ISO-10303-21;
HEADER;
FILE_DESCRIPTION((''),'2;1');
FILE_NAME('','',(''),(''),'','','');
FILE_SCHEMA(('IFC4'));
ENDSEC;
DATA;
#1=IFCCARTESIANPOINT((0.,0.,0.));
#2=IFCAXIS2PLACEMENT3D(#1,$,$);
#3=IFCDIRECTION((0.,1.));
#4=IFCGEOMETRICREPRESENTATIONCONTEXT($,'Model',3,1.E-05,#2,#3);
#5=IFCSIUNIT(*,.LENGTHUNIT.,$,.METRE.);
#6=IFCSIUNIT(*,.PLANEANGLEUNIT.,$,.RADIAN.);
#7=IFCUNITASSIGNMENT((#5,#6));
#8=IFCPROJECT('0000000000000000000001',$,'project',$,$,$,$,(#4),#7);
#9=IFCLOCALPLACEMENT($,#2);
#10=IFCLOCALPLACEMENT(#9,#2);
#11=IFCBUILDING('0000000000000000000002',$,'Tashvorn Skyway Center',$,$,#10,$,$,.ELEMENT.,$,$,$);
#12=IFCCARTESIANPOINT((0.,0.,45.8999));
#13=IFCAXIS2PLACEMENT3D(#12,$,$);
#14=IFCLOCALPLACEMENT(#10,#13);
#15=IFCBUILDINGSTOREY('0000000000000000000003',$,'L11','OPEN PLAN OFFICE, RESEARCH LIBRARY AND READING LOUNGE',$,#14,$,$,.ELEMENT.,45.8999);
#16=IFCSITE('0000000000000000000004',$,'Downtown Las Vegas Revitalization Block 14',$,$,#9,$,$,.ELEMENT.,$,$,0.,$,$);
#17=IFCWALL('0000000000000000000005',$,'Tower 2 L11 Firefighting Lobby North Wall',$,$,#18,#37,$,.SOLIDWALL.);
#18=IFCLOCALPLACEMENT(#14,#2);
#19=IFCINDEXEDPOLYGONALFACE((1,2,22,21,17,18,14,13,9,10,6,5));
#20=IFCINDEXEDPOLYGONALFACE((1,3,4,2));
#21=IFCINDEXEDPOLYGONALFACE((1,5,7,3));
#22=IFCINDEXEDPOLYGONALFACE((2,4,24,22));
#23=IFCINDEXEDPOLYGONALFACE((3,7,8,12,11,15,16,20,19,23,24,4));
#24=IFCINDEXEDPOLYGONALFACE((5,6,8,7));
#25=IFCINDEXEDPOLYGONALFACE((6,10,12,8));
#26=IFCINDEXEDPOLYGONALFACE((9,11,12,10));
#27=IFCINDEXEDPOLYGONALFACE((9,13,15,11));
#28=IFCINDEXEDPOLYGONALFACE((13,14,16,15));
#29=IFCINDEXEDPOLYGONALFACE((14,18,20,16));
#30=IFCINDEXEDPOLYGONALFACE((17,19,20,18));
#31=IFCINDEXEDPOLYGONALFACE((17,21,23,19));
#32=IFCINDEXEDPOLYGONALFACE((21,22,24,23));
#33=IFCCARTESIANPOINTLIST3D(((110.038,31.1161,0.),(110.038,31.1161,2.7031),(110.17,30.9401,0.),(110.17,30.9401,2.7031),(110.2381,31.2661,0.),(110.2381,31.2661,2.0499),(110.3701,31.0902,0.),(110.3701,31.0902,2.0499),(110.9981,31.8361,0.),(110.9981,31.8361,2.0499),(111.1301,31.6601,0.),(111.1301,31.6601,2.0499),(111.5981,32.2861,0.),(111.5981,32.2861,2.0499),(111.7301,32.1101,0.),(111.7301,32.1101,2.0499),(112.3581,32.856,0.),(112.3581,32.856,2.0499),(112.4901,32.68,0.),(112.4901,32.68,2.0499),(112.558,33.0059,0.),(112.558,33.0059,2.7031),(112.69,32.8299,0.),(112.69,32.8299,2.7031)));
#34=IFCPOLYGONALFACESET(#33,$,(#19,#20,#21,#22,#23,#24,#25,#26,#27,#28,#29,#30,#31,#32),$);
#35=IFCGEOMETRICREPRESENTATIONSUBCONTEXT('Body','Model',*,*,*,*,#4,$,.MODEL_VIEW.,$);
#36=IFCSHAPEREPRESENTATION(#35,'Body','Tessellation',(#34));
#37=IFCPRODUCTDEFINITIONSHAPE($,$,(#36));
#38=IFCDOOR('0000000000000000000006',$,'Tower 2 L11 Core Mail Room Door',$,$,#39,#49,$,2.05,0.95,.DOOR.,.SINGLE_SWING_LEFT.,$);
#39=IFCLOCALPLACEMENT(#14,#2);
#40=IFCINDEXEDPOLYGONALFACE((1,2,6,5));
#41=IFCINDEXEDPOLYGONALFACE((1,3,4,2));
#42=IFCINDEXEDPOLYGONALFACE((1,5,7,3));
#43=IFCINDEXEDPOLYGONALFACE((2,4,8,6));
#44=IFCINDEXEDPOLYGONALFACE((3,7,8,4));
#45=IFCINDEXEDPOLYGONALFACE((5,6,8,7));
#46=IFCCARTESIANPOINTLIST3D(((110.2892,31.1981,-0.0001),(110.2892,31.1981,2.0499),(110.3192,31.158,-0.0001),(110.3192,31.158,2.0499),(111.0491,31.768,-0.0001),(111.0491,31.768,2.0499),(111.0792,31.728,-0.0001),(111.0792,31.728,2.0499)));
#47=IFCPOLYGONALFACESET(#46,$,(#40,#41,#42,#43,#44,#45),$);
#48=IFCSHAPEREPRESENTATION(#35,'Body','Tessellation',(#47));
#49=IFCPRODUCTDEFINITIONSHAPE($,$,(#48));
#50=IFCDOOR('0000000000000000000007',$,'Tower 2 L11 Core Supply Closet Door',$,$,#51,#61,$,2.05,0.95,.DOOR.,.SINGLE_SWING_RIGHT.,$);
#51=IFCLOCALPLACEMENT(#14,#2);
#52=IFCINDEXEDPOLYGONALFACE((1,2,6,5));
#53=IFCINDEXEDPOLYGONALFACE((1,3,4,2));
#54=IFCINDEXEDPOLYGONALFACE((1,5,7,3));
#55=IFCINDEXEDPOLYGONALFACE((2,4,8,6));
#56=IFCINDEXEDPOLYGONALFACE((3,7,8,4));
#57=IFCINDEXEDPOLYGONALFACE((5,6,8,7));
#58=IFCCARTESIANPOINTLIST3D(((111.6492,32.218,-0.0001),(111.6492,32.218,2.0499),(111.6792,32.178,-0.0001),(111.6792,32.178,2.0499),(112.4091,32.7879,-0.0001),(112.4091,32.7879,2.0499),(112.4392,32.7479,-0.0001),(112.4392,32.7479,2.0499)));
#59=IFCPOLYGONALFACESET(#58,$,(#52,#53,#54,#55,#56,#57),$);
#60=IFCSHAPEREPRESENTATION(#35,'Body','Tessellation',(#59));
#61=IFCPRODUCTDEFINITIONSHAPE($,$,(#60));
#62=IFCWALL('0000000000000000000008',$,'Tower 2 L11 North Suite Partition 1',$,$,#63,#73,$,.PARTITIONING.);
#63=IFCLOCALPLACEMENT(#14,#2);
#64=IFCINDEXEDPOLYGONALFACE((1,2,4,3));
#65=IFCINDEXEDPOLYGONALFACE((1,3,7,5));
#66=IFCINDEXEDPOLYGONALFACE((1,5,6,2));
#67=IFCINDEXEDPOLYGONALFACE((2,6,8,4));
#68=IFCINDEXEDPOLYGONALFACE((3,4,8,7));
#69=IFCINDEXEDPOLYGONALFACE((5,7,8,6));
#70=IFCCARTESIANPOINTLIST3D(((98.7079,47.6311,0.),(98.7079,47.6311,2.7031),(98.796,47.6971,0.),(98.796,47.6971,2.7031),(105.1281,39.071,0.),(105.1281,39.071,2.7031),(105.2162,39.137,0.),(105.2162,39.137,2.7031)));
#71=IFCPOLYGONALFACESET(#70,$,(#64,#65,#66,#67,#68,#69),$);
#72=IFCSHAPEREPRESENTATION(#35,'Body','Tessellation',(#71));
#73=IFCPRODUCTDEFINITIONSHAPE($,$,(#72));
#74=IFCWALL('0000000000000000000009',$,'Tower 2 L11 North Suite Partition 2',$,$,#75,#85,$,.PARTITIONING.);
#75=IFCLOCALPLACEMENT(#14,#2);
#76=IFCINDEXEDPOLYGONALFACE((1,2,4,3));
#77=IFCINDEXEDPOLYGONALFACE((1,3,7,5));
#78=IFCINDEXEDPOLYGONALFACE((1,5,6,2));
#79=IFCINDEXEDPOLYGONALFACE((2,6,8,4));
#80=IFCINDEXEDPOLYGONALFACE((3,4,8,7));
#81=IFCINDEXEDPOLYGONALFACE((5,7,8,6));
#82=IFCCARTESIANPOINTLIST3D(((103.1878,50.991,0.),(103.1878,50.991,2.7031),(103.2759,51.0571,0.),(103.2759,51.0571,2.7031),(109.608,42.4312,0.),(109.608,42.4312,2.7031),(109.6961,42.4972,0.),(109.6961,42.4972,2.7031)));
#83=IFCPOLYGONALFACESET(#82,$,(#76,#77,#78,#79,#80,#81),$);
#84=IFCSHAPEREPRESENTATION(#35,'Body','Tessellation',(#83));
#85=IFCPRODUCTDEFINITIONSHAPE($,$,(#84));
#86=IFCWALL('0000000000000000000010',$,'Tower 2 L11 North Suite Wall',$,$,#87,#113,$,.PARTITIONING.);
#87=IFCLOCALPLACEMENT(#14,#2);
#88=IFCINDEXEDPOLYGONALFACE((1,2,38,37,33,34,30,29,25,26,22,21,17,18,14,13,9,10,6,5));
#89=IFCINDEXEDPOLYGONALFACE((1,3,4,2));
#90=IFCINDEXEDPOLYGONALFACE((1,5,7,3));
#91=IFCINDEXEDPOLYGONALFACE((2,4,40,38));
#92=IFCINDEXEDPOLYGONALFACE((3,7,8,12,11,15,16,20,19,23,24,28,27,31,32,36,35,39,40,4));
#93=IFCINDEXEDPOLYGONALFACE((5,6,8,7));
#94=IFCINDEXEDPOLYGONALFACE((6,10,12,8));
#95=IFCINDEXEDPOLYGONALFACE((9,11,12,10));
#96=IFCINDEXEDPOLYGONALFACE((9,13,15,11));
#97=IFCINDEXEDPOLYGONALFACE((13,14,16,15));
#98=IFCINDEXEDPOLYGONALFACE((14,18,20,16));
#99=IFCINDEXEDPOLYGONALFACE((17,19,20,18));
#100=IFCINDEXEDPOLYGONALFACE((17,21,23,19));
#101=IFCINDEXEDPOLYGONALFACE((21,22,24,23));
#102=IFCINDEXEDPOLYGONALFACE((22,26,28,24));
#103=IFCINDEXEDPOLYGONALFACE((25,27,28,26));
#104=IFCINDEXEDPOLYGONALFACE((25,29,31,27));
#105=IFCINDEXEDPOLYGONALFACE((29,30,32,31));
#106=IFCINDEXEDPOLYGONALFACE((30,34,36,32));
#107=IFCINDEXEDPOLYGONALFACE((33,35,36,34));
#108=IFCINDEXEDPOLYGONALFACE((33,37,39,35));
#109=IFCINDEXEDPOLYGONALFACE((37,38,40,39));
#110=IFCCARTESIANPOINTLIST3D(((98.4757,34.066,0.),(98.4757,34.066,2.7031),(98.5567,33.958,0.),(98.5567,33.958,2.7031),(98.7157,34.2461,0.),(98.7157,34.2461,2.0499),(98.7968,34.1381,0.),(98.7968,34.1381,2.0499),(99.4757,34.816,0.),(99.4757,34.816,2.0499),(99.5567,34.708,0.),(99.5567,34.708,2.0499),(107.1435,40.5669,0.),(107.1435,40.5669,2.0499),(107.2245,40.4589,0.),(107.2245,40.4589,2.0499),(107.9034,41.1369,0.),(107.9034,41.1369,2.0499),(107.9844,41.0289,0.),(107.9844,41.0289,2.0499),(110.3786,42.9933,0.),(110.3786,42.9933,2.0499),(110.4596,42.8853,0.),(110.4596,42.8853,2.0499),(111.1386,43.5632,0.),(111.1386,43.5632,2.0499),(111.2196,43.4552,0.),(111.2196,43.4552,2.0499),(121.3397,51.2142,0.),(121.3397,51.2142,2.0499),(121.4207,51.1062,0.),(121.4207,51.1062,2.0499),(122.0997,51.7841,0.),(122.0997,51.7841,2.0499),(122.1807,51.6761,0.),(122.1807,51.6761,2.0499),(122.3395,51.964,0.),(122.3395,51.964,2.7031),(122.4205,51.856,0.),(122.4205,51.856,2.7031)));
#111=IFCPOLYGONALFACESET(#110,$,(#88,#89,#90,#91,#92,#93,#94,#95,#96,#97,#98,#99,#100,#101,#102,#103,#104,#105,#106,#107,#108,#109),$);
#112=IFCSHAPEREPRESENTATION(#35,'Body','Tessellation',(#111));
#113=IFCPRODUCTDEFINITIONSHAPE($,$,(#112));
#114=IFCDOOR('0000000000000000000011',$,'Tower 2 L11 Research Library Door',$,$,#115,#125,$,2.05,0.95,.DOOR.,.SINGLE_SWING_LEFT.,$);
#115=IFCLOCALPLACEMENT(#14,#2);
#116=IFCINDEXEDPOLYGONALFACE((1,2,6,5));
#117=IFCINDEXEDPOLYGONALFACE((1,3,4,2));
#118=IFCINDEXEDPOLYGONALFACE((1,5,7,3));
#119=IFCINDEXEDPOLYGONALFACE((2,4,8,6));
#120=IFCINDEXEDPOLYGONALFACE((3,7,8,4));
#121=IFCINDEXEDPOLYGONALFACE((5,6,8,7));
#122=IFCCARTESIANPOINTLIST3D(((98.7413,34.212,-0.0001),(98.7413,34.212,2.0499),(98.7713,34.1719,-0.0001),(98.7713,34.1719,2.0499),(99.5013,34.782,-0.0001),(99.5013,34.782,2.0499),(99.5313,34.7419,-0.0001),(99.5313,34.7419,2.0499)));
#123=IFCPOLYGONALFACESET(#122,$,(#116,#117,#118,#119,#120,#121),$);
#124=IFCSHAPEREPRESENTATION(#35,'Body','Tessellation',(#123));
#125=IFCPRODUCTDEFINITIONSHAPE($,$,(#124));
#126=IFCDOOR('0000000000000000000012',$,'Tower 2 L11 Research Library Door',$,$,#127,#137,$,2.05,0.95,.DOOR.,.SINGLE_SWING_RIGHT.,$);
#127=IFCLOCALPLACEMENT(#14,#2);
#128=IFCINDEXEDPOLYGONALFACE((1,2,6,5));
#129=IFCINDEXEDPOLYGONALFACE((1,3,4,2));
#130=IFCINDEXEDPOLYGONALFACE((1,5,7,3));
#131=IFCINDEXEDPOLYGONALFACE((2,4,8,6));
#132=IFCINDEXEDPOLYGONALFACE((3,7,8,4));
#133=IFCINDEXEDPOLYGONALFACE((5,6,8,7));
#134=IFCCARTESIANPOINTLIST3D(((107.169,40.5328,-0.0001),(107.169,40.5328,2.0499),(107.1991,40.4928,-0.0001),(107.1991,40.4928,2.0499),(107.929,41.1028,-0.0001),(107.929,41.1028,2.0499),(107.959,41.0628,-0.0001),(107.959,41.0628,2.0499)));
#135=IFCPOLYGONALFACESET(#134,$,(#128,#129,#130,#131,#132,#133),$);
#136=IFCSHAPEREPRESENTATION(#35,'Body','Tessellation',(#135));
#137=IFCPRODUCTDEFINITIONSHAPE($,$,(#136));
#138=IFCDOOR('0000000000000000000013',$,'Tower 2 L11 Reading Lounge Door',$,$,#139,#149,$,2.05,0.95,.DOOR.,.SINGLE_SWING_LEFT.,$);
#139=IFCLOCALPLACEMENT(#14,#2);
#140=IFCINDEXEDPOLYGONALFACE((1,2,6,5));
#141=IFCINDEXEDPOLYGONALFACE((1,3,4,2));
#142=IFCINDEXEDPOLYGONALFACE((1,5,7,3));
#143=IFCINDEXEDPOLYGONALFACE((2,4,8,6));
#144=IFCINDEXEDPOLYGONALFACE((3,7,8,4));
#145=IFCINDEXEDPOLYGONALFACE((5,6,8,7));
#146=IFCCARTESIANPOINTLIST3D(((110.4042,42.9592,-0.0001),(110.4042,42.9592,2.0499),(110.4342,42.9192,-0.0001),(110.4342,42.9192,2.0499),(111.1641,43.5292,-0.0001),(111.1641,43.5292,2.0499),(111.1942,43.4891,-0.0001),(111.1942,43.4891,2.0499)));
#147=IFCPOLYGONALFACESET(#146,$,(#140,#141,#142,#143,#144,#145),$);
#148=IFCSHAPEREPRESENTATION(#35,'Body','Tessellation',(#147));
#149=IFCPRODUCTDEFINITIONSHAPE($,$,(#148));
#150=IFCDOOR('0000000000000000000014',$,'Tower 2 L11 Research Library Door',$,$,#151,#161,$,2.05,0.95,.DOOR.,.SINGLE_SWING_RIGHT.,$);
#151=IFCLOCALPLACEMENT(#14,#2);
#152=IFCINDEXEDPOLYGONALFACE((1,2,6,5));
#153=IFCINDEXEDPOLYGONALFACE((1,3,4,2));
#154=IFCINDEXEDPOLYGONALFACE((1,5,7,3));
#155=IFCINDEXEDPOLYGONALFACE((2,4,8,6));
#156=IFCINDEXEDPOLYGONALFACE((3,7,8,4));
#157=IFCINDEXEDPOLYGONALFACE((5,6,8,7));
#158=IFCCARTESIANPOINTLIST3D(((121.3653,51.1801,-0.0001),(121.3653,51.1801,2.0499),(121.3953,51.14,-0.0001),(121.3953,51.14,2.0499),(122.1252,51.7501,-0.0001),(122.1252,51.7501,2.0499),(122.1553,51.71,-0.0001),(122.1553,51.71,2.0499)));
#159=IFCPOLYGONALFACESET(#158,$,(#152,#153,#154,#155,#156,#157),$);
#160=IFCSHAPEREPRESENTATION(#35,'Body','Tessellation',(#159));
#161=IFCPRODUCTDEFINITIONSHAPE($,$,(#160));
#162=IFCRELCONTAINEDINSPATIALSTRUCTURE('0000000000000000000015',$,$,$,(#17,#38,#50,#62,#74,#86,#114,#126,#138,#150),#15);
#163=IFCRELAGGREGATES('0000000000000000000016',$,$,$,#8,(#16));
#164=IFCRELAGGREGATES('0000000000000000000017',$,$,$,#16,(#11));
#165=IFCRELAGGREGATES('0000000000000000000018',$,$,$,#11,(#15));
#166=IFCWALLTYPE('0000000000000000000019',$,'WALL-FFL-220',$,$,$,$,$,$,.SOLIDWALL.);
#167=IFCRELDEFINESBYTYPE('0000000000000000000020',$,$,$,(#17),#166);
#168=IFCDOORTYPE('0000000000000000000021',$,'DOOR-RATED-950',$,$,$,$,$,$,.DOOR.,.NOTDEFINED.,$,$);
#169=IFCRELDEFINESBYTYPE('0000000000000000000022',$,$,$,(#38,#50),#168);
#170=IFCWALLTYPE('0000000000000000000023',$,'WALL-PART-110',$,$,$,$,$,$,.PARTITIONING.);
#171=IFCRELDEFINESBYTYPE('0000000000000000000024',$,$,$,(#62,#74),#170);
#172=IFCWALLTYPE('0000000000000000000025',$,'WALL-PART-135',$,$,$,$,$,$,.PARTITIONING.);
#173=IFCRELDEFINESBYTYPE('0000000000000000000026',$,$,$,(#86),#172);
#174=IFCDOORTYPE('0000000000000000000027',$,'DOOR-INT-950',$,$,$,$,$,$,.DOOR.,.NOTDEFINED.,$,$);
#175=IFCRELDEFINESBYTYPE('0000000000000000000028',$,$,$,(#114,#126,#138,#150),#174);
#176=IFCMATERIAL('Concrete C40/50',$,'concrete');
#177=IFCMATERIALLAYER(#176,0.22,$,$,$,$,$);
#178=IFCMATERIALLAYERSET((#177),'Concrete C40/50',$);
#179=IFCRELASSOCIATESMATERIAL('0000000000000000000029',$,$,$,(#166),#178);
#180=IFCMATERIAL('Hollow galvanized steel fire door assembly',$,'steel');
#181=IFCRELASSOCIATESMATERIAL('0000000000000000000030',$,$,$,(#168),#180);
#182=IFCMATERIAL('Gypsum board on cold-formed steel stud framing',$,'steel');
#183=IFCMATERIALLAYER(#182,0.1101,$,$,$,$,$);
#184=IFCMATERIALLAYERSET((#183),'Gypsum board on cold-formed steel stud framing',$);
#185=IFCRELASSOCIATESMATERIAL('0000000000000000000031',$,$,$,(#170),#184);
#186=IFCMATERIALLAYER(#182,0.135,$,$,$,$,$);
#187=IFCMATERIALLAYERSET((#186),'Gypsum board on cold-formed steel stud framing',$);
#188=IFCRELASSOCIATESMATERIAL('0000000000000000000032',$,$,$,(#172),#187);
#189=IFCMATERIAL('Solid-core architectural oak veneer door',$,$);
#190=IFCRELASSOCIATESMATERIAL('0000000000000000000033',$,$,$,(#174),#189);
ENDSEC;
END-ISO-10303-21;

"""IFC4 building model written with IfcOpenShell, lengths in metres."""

from ifc_helpers import new_model, si_unit, direction, frame, frame_2d, origin, place, context, subcontext, project, spatial, rectangle, extrude, material, layer, layer_set, type_object, element, fill, save


model = new_model("IFC4")

# Units and contexts
model_context = context("Model", 3, precision=1e-05, world=origin(), true_north=direction((0.0, 1.0)))
body_context = subcontext(model_context, "Body", "Model", "MODEL_VIEW")
ifc_project = project(units=[si_unit("LENGTHUNIT", "METRE"), si_unit("PLANEANGLEUNIT", "RADIAN")], contexts=[model_context])

# Site, building, storey
site_placement = place(None, origin())
site = spatial("IfcSite", under=ifc_project, at=site_placement, Name="Downtown Las Vegas Revitalization Block 14", CompositionType="ELEMENT", RefElevation=0.0)
building_placement = place(site_placement, origin())
building = spatial("IfcBuilding", under=site, at=building_placement, Name="Tashvorn Skyway Center", CompositionType="ELEMENT")
storey_placement = place(building_placement, frame((0.0, 0.0, 45.8999)))
storey = spatial("IfcBuildingStorey", under=building, at=storey_placement, Name="L11", Description="OPEN PLAN OFFICE, RESEARCH LIBRARY AND READING LOUNGE", CompositionType="ELEMENT", Elevation=45.8999)

# Wall, openings, doors
ifc_material_1 = material(Name="Hollow galvanized steel fire door assembly", Category="steel")
ifc_material_2 = material(Name="Concrete C40/50", Category="concrete")
ifc_layer_1 = layer(ifc_material_2, 0.22)
ifc_layer_set_1 = layer_set([ifc_layer_1], Name="Concrete C40/50")
wall_type_1 = type_object("IfcWallType", Name="WALL-FFL-220", PredefinedType="SOLIDWALL", material=ifc_layer_set_1)
wall_1_placement = place(storey_placement, frame((110.104, 31.0281, 0.0), z_axis=(0.0, 0.0, 1.0), x_axis=(0.800019, 0.599975, 0.0)))
wall_1 = element("IfcWall", 1, at=wall_1_placement, inside=storey, type_object=wall_type_1, Name="Tower 2 L11 Firefighting Lobby North Wall", PredefinedType="SOLIDWALL", context=body_context, shape_type="SweptSolid", body=[
    extrude(rectangle(XDim=3.1499, YDim=0.22, at=frame_2d((1.575, 0.0))), origin(), (0.0, 0.0, 1.0), 2.7031),
])
opening_1_placement = place(wall_1_placement, frame((0.25, 0.0, 0.0)))
opening_1 = element("IfcOpeningElement", 2, at=opening_1_placement, cuts=wall_1, PredefinedType="OPENING", context=body_context, shape_type="SweptSolid", body=[
    extrude(rectangle(XDim=0.95, YDim=2.05, at=frame_2d((0.4751, 1.0249))), frame((0.0, 0.1199, 0.0), z_axis=(0.0, -1.0, 0.0), x_axis=(1.0, 0.0, 0.0)), (0.0, 0.0, 1.0), 0.24),
])
opening_2_placement = place(wall_1_placement, frame((1.95, 0.0, 0.0)))
opening_2 = element("IfcOpeningElement", 3, at=opening_2_placement, cuts=wall_1, PredefinedType="OPENING", context=body_context, shape_type="SweptSolid", body=[
    extrude(rectangle(XDim=0.95, YDim=2.05, at=frame_2d((0.4751, 1.0249))), frame((0.0, 0.1199, 0.0), z_axis=(0.0, -1.0, 0.0), x_axis=(1.0, 0.0, 0.0)), (0.0, 0.0, 1.0), 0.24),
])
door_type_1 = type_object("IfcDoorType", Name="DOOR-RATED-950", OperationType="NOTDEFINED", PredefinedType="DOOR", material=ifc_material_1)
door_1_placement = place(opening_1_placement, origin())
door_1 = element("IfcDoor", 4, at=door_1_placement, inside=storey, type_object=door_type_1, Name="Tower 2 L11 Core Mail Room Door", OperationType="SINGLE_SWING_LEFT", OverallHeight=2.05, OverallWidth=0.95, PredefinedType="DOOR", context=body_context, shape_type="SweptSolid", body=[
    extrude(rectangle(XDim=0.95, YDim=2.05, at=frame_2d((0.4751, 1.0249))), frame((0.0, 0.0249, 0.0), z_axis=(0.0, -1.0, 0.0), x_axis=(1.0, 0.0, 0.0)), (0.0, 0.0, 1.0), 0.05),
])
fill(opening_1, door_1)
door_2_placement = place(opening_2_placement, origin())
door_2 = element("IfcDoor", 5, at=door_2_placement, inside=storey, type_object=door_type_1, Name="Tower 2 L11 Core Supply Closet Door", OperationType="SINGLE_SWING_RIGHT", OverallHeight=2.05, OverallWidth=0.95, PredefinedType="DOOR", context=body_context, shape_type="SweptSolid", body=[
    extrude(rectangle(XDim=0.95, YDim=2.05, at=frame_2d((0.4751, 1.0249))), frame((0.0, 0.0249, 0.0), z_axis=(0.0, -1.0, 0.0), x_axis=(1.0, 0.0, 0.0)), (0.0, 0.0, 1.0), 0.05),
])
fill(opening_2, door_2)

# Walls
ifc_material_3 = material(Name="Gypsum board on cold-formed steel stud framing", Category="steel")
ifc_layer_2 = layer(ifc_material_3, 0.1101)
ifc_layer_set_2 = layer_set([ifc_layer_2], Name="Gypsum board on cold-formed steel stud framing")
wall_type_2 = type_object("IfcWallType", Name="WALL-PART-110", PredefinedType="PARTITIONING", material=ifc_layer_set_2)
wall_2_placement = place(storey_placement, frame((105.1721, 39.104, 0.0), z_axis=(0.0, 0.0, 1.0), x_axis=(-0.600007, 0.799995, 0.0)))
element("IfcWall", 6, at=wall_2_placement, inside=storey, type_object=wall_type_2, Name="Tower 2 L11 North Suite Partition 1", PredefinedType="PARTITIONING", context=body_context, shape_type="SweptSolid", body=[
    extrude(rectangle(XDim=10.7002, YDim=0.1101, at=frame_2d((5.3501, 0.0))), origin(), (0.0, 0.0, 1.0), 2.7031),
])
wall_3_placement = place(storey_placement, frame((109.6521, 42.4641, 0.0), z_axis=(0.0, 0.0, 1.0), x_axis=(-0.600018, 0.799986, 0.0)))
element("IfcWall", 7, at=wall_3_placement, inside=storey, type_object=wall_type_2, Name="Tower 2 L11 North Suite Partition 2", PredefinedType="PARTITIONING", context=body_context, shape_type="SweptSolid", body=[
    extrude(rectangle(XDim=10.7, YDim=0.1101, at=frame_2d((5.3501, 0.0))), origin(), (0.0, 0.0, 1.0), 2.7031),
])

# Wall, openings, doors
ifc_layer_3 = layer(ifc_material_3, 0.135)
ifc_layer_set_3 = layer_set([ifc_layer_3], Name="Gypsum board on cold-formed steel stud framing")
wall_type_3 = type_object("IfcWallType", Name="WALL-PART-135", PredefinedType="PARTITIONING", material=ifc_layer_set_3)
wall_4_placement = place(storey_placement, frame((98.5161, 34.012, 0.0), z_axis=(0.0, 0.0, 1.0), x_axis=(0.799998, 0.600003, 0.0)))
wall_4 = element("IfcWall", 8, at=wall_4_placement, inside=storey, type_object=wall_type_3, Name="Tower 2 L11 North Suite Wall", PredefinedType="PARTITIONING", context=body_context, shape_type="SweptSolid", body=[
    extrude(rectangle(XDim=29.8298, YDim=0.135, at=frame_2d((14.915, 0.0))), origin(), (0.0, 0.0, 1.0), 2.7031),
])
opening_3_placement = place(wall_4_placement, frame((0.3, 0.0, 0.0)))
opening_3 = element("IfcOpeningElement", 9, at=opening_3_placement, cuts=wall_4, PredefinedType="OPENING", context=body_context, shape_type="SweptSolid", body=[
    extrude(rectangle(XDim=0.95, YDim=2.05, at=frame_2d((0.4751, 1.0249))), frame((0.0, 0.0774, 0.0), z_axis=(0.0, -1.0, 0.0), x_axis=(1.0, 0.0, 0.0)), (0.0, 0.0, 1.0), 0.155),
])
opening_4_placement = place(wall_4_placement, frame((10.8347, 0.0, 0.0)))
opening_4 = element("IfcOpeningElement", 10, at=opening_4_placement, cuts=wall_4, PredefinedType="OPENING", context=body_context, shape_type="SweptSolid", body=[
    extrude(rectangle(XDim=0.95, YDim=2.05, at=frame_2d((0.4751, 1.0249))), frame((0.0, 0.0774, 0.0), z_axis=(0.0, -1.0, 0.0), x_axis=(1.0, 0.0, 0.0)), (0.0, 0.0, 1.0), 0.155),
])
opening_5_placement = place(wall_4_placement, frame((14.8787, 0.0, 0.0)))
opening_5 = element("IfcOpeningElement", 11, at=opening_5_placement, cuts=wall_4, PredefinedType="OPENING", context=body_context, shape_type="SweptSolid", body=[
    extrude(rectangle(XDim=0.95, YDim=2.05, at=frame_2d((0.4751, 1.0249))), frame((0.0, 0.0774, 0.0), z_axis=(0.0, -1.0, 0.0), x_axis=(1.0, 0.0, 0.0)), (0.0, 0.0, 1.0), 0.155),
])
opening_6_placement = place(wall_4_placement, frame((28.5801, 0.0, 0.0)))
opening_6 = element("IfcOpeningElement", 12, at=opening_6_placement, cuts=wall_4, PredefinedType="OPENING", context=body_context, shape_type="SweptSolid", body=[
    extrude(rectangle(XDim=0.95, YDim=2.05, at=frame_2d((0.4751, 1.0249))), frame((0.0, 0.0774, 0.0), z_axis=(0.0, -1.0, 0.0), x_axis=(1.0, 0.0, 0.0)), (0.0, 0.0, 1.0), 0.155),
])
ifc_material_4 = material(Name="Solid-core architectural oak veneer door")
door_type_2 = type_object("IfcDoorType", Name="DOOR-INT-950", OperationType="NOTDEFINED", PredefinedType="DOOR", material=ifc_material_4)
door_3_placement = place(opening_3_placement, origin())
door_3 = element("IfcDoor", 13, at=door_3_placement, inside=storey, type_object=door_type_2, Name="Tower 2 L11 Research Library Door", OperationType="SINGLE_SWING_LEFT", OverallHeight=2.05, OverallWidth=0.95, PredefinedType="DOOR", context=body_context, shape_type="SweptSolid", body=[
    extrude(rectangle(XDim=0.95, YDim=2.05, at=frame_2d((0.4751, 1.0249))), frame((0.0, 0.0249, 0.0), z_axis=(0.0, -1.0, 0.0), x_axis=(1.0, 0.0, 0.0)), (0.0, 0.0, 1.0), 0.05),
])
fill(opening_3, door_3)
door_4_placement = place(opening_4_placement, origin())
door_4 = element("IfcDoor", 14, at=door_4_placement, inside=storey, type_object=door_type_2, Name="Tower 2 L11 Research Library Door", OperationType="SINGLE_SWING_RIGHT", OverallHeight=2.05, OverallWidth=0.95, PredefinedType="DOOR", context=body_context, shape_type="SweptSolid", body=[
    extrude(rectangle(XDim=0.95, YDim=2.05, at=frame_2d((0.4751, 1.0249))), frame((0.0, 0.0249, 0.0), z_axis=(0.0, -1.0, 0.0), x_axis=(1.0, 0.0, 0.0)), (0.0, 0.0, 1.0), 0.05),
])
fill(opening_4, door_4)
door_5_placement = place(opening_5_placement, origin())
door_5 = element("IfcDoor", 15, at=door_5_placement, inside=storey, type_object=door_type_2, Name="Tower 2 L11 Reading Lounge Door", OperationType="SINGLE_SWING_LEFT", OverallHeight=2.05, OverallWidth=0.95, PredefinedType="DOOR", context=body_context, shape_type="SweptSolid", body=[
    extrude(rectangle(XDim=0.95, YDim=2.05, at=frame_2d((0.4751, 1.0249))), frame((0.0, 0.0249, 0.0), z_axis=(0.0, -1.0, 0.0), x_axis=(1.0, 0.0, 0.0)), (0.0, 0.0, 1.0), 0.05),
])
fill(opening_5, door_5)
door_6_placement = place(opening_6_placement, origin())
door_6 = element("IfcDoor", 16, at=door_6_placement, inside=storey, type_object=door_type_2, Name="Tower 2 L11 Research Library Door", OperationType="SINGLE_SWING_RIGHT", OverallHeight=2.05, OverallWidth=0.95, PredefinedType="DOOR", context=body_context, shape_type="SweptSolid", body=[
    extrude(rectangle(XDim=0.95, YDim=2.05, at=frame_2d((0.4751, 1.0249))), frame((0.0, 0.0249, 0.0), z_axis=(0.0, -1.0, 0.0), x_axis=(1.0, 0.0, 0.0)), (0.0, 0.0, 1.0), 0.05),
])
fill(opening_6, door_6)

save(model, "model.ifc")
